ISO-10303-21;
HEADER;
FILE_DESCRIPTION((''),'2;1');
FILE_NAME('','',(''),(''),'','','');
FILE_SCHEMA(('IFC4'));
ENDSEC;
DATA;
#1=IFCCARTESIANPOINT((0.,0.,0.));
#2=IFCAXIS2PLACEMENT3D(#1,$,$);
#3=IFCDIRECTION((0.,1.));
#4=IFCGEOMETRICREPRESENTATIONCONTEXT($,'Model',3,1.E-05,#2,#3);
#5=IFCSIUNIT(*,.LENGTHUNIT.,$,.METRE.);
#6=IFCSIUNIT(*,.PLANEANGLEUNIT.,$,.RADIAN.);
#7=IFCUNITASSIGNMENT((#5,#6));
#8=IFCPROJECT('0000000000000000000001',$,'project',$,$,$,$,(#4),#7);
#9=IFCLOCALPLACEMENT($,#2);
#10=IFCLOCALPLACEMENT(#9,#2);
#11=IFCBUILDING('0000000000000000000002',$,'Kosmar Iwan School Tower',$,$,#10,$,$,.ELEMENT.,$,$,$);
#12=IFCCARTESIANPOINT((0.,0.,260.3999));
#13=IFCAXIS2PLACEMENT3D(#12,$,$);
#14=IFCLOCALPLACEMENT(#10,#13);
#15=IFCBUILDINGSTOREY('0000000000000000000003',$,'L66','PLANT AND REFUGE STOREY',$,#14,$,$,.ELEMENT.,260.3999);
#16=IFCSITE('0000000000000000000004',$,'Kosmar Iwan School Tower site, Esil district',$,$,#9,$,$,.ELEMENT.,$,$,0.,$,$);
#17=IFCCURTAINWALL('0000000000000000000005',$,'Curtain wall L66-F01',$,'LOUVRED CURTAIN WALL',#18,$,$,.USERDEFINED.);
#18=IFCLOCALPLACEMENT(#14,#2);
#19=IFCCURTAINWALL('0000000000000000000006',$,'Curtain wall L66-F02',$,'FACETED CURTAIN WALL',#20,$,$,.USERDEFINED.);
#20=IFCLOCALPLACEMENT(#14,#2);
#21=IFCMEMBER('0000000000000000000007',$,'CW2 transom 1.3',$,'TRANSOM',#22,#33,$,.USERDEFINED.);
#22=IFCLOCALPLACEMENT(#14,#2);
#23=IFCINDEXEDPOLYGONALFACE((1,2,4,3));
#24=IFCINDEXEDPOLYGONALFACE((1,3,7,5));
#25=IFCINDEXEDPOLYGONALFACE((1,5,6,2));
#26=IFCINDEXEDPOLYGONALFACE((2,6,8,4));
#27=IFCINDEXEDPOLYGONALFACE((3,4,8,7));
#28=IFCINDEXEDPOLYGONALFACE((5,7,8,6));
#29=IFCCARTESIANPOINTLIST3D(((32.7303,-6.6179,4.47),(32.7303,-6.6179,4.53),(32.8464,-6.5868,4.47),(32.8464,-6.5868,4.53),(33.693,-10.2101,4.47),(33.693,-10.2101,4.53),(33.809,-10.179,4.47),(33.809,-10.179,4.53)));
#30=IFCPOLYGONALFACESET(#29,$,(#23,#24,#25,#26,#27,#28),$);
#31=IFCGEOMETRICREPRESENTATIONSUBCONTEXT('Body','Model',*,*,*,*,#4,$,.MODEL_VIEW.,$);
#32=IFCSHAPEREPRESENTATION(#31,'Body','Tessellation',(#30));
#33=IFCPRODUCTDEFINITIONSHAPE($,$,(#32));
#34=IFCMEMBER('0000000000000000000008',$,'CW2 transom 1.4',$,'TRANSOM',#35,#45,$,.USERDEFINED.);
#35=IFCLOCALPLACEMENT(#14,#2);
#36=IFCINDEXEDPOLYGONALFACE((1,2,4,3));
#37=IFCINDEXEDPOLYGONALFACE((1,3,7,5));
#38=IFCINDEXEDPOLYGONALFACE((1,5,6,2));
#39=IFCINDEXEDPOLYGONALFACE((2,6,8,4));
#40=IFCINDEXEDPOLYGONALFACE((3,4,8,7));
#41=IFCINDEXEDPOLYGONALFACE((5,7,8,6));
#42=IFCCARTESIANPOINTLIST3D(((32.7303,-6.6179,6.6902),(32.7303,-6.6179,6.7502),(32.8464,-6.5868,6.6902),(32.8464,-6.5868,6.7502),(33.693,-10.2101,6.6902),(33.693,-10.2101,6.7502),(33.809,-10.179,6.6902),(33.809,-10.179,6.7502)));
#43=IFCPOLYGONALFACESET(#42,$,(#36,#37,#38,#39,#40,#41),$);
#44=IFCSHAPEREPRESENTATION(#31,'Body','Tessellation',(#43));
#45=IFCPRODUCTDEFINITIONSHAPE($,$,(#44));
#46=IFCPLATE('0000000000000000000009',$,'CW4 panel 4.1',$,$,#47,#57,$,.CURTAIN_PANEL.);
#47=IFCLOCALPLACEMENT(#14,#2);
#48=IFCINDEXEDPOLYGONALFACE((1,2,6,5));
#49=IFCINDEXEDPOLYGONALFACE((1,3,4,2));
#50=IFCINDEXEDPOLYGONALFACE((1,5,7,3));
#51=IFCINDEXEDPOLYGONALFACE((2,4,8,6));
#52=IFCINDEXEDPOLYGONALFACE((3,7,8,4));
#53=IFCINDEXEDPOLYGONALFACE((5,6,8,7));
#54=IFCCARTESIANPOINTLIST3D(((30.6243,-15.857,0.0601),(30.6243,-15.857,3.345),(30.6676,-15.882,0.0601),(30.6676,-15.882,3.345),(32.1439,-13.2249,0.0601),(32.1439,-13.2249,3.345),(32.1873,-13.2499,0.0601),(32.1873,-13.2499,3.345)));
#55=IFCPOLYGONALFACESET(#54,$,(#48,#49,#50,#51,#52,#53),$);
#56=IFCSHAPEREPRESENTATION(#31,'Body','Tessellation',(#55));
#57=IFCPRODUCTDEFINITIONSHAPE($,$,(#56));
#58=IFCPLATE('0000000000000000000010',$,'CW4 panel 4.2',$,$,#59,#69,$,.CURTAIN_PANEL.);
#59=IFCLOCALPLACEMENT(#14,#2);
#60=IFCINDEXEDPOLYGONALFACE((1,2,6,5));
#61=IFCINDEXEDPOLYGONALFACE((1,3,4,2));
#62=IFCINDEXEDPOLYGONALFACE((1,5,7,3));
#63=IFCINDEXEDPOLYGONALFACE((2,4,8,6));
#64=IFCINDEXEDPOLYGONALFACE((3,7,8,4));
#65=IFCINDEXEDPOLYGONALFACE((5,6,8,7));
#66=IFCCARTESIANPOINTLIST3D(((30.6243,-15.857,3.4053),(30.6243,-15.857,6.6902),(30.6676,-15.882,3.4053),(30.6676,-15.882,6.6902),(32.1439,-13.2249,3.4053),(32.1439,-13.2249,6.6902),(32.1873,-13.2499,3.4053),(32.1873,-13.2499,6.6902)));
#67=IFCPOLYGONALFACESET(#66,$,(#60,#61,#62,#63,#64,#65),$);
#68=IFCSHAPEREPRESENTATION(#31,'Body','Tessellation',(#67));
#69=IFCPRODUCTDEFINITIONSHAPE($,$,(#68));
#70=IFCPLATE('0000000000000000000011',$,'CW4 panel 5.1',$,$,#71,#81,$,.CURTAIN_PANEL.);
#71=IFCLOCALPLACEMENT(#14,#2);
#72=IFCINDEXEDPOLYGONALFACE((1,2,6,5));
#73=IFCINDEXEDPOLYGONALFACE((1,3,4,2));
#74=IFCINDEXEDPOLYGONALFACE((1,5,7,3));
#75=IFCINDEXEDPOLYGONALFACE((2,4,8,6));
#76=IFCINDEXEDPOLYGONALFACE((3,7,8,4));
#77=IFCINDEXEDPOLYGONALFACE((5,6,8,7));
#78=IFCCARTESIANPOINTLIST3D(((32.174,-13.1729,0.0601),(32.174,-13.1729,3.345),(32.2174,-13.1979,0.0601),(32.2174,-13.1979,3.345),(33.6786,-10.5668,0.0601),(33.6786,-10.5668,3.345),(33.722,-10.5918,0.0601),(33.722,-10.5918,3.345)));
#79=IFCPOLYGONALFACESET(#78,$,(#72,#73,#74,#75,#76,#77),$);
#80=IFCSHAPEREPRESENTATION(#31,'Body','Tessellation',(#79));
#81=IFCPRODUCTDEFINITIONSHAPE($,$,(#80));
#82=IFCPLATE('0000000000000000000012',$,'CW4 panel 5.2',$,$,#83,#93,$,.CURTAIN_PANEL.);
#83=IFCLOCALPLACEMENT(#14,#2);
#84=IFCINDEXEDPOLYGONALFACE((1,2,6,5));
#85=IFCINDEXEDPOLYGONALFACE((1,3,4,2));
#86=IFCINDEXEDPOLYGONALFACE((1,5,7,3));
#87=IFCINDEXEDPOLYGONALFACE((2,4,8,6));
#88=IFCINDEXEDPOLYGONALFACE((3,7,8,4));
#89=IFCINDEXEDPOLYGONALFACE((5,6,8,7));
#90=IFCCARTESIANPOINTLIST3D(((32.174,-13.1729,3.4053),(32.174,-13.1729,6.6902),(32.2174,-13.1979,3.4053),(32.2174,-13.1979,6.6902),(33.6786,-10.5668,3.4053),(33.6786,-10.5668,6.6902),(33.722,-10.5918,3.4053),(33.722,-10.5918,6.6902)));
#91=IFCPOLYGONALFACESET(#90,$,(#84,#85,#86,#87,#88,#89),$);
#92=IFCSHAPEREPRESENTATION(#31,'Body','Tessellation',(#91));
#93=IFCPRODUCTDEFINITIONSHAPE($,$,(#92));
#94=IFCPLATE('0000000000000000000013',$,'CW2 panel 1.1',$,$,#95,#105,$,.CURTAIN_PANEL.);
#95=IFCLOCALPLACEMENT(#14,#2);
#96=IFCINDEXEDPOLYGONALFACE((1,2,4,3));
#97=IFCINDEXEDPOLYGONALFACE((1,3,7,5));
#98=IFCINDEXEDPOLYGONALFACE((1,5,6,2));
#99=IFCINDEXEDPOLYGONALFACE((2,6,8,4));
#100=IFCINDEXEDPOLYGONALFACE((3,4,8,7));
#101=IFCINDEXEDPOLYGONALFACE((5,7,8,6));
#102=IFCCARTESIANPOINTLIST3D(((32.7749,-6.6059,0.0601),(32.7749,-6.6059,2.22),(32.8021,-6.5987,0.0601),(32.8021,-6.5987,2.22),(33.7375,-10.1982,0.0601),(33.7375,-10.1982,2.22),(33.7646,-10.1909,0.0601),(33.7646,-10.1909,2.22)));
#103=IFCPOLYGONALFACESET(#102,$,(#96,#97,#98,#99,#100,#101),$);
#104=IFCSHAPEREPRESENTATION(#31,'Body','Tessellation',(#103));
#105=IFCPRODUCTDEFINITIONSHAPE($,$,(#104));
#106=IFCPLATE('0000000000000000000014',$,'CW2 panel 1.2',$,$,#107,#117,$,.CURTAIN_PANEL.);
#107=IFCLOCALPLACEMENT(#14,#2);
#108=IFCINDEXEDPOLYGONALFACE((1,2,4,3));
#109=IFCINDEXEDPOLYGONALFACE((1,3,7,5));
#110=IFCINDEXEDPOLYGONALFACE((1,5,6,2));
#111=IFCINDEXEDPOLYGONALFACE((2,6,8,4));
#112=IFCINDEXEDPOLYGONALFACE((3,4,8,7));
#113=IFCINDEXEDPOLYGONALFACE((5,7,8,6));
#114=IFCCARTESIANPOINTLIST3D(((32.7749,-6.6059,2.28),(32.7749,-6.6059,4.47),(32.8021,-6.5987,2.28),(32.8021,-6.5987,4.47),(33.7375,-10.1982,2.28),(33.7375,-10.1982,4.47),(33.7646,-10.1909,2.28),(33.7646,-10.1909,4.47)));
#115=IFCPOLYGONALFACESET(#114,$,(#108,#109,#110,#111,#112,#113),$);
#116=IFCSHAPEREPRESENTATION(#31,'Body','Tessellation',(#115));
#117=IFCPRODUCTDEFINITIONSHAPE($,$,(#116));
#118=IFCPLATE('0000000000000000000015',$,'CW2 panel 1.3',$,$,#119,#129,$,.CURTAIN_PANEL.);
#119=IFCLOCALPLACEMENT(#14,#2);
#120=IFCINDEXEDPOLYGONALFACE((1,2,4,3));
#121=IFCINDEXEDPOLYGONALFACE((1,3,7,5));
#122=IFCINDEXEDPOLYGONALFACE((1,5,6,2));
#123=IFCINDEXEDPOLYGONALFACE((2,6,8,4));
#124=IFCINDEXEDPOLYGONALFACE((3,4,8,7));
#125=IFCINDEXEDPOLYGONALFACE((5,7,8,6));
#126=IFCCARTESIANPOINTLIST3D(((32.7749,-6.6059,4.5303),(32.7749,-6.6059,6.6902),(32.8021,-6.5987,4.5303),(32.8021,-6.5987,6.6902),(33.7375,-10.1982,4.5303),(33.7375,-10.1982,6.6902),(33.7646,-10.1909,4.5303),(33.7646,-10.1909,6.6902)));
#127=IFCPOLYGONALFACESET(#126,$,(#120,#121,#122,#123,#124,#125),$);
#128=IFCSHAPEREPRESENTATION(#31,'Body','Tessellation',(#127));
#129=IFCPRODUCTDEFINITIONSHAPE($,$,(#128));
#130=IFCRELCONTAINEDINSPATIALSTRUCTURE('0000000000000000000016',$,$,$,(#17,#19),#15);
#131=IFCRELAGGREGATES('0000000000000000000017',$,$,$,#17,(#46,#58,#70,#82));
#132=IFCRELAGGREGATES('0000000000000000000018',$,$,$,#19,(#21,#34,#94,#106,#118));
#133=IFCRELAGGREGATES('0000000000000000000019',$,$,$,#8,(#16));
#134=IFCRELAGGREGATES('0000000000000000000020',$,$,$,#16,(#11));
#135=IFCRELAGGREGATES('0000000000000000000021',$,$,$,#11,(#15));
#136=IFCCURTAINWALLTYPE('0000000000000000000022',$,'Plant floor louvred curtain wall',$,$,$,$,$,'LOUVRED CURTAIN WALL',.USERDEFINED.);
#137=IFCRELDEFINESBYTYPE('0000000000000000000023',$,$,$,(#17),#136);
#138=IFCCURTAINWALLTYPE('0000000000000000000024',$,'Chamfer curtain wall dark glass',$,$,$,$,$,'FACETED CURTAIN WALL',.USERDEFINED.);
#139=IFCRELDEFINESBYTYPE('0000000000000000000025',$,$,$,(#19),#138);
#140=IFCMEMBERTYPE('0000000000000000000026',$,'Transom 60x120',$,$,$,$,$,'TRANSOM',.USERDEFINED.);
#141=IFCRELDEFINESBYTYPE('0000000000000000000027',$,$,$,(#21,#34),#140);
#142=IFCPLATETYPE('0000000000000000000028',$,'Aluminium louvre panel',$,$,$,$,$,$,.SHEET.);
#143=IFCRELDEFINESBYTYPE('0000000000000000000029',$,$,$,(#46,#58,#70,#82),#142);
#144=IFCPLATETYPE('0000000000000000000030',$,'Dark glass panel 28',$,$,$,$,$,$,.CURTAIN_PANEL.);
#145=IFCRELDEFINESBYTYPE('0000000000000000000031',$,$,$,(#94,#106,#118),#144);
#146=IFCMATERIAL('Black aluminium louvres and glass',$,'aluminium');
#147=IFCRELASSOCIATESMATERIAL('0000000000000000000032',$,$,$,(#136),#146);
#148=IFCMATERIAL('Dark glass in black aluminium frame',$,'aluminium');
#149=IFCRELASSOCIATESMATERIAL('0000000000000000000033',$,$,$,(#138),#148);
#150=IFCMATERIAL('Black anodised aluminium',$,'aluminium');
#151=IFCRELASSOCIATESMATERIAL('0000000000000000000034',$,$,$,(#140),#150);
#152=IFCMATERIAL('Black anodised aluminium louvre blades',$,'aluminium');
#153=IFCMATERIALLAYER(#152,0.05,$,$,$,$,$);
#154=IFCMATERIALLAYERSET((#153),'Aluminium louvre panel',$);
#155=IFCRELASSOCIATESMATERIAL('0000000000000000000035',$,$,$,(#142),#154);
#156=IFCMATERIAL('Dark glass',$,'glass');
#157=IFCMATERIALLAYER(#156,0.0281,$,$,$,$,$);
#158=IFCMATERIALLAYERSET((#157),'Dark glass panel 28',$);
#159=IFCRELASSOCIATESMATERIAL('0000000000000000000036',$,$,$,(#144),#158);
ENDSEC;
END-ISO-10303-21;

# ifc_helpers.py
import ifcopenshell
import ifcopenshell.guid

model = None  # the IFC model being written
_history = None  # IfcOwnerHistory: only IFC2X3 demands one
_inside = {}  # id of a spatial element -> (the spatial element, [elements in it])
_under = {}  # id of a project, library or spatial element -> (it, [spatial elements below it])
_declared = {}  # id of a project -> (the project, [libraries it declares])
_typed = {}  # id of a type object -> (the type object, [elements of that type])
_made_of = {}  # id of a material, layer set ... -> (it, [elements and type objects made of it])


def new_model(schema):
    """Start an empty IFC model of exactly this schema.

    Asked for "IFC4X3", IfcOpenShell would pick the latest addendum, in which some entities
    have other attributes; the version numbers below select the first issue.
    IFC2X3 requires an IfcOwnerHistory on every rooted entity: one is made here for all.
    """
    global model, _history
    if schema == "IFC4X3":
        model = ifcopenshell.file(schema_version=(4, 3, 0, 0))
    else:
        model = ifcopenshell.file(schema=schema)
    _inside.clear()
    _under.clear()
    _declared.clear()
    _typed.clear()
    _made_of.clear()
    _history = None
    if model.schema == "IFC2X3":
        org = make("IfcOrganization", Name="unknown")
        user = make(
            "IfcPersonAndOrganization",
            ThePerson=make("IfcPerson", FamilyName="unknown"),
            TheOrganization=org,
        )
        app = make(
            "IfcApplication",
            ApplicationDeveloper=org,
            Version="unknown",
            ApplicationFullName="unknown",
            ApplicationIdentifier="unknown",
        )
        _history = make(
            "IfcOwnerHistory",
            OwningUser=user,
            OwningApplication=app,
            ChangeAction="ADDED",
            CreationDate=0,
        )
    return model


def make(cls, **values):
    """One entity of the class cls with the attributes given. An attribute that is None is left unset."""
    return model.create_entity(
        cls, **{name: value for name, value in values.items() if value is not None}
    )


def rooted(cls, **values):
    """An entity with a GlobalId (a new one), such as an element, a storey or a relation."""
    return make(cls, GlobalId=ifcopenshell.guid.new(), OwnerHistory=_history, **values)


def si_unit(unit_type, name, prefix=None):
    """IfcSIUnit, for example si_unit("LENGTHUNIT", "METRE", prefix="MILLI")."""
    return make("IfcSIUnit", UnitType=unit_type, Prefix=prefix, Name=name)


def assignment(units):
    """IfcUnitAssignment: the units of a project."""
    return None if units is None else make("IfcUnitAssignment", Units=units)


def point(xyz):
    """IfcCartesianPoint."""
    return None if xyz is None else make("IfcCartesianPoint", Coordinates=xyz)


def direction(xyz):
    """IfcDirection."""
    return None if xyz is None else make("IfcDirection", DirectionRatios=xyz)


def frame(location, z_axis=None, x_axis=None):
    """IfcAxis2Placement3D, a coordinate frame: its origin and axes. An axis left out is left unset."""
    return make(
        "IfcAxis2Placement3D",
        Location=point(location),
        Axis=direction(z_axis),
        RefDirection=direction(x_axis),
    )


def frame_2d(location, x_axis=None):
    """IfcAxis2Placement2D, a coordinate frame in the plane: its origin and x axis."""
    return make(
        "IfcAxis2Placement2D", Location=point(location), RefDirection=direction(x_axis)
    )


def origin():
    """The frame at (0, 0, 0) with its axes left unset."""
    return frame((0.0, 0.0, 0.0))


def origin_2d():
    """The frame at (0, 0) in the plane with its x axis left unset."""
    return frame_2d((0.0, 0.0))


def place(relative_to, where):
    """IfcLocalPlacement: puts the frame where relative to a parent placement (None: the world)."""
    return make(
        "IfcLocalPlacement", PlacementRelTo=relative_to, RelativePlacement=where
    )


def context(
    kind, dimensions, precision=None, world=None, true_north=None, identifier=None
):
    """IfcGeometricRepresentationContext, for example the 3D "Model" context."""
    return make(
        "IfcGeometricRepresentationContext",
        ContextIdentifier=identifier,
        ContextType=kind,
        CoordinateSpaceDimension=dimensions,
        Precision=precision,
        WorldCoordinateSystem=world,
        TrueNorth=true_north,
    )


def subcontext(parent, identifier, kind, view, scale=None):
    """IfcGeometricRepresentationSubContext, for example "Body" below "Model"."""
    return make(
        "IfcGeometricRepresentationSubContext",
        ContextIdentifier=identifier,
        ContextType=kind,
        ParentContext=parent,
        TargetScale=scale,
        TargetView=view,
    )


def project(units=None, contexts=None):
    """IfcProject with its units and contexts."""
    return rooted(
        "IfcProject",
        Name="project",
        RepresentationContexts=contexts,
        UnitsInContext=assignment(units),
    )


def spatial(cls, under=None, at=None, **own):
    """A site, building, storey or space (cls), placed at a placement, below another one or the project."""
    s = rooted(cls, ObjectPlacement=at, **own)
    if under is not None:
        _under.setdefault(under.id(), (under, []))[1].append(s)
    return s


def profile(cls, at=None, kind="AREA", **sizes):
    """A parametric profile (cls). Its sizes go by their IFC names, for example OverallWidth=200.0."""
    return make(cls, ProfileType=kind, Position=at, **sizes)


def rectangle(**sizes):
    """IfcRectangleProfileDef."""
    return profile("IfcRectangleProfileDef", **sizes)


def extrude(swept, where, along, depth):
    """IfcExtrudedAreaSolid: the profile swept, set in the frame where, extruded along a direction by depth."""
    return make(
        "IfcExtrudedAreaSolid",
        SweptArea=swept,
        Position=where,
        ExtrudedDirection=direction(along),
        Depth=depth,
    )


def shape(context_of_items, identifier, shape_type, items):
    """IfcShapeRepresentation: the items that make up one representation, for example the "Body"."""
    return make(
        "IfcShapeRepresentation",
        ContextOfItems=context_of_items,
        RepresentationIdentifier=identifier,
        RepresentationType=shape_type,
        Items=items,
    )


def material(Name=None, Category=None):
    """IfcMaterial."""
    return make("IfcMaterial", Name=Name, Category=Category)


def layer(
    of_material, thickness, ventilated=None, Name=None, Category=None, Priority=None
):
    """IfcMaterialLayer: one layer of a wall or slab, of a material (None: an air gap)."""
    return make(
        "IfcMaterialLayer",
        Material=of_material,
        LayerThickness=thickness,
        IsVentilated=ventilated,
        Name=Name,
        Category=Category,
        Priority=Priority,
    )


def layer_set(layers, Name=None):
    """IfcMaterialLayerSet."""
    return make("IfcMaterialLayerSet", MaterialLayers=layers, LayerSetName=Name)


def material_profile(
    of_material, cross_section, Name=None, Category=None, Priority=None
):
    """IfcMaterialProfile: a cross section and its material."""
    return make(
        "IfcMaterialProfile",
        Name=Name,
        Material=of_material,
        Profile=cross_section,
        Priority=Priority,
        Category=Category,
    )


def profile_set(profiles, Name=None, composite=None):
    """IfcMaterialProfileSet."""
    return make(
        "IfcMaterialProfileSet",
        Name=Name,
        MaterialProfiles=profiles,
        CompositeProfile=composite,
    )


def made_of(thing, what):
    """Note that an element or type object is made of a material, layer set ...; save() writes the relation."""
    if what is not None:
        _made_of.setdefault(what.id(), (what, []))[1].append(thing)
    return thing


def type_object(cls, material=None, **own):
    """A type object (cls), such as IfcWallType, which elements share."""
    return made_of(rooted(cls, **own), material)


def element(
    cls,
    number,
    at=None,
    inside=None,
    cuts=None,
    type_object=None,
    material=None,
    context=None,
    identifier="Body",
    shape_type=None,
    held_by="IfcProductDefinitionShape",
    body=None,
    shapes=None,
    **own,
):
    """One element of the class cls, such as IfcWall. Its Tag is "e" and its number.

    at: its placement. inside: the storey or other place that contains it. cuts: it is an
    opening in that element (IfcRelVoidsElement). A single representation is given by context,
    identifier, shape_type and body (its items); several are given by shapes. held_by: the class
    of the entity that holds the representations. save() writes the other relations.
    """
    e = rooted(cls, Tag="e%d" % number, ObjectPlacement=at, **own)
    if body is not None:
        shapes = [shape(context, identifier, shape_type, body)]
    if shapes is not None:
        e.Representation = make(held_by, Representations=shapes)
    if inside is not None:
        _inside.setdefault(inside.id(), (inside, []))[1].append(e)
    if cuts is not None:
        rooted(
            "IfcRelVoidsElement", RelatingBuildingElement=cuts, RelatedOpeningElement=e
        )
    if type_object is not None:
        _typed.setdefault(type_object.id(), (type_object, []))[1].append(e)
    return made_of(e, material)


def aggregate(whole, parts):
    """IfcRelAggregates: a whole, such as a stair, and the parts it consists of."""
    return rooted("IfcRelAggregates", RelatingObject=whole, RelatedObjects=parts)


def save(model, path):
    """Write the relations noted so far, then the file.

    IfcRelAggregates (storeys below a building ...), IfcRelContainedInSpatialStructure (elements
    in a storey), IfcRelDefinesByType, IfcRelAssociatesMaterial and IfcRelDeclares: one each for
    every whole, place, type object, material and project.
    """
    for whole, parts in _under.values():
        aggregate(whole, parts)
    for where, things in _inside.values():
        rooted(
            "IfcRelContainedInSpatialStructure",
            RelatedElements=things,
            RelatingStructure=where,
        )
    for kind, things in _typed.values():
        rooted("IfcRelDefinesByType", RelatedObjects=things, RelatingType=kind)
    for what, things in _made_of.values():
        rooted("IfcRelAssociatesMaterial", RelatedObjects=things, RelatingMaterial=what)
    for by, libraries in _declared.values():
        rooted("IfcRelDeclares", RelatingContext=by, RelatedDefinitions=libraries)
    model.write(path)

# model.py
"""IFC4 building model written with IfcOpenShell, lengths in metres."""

from ifc_helpers import new_model, si_unit, direction, frame, origin, origin_2d, place, context, subcontext, project, spatial, rectangle, extrude, material, layer, layer_set, material_profile, profile_set, type_object, element, aggregate, save


model = new_model("IFC4")

# Units and contexts
model_context = context("Model", 3, precision=1e-05, world=origin(), true_north=direction((0.0, 1.0)))
body_context = subcontext(model_context, "Body", "Model", "MODEL_VIEW")
ifc_project = project(units=[si_unit("LENGTHUNIT", "METRE"), si_unit("PLANEANGLEUNIT", "RADIAN")], contexts=[model_context])

# Site, building, storey
site_placement = place(None, origin())
site = spatial("IfcSite", under=ifc_project, at=site_placement, Name="Kosmar Iwan School Tower site, Esil district", CompositionType="ELEMENT", RefElevation=0.0)
building_placement = place(site_placement, origin())
building = spatial("IfcBuilding", under=site, at=building_placement, Name="Kosmar Iwan School Tower", CompositionType="ELEMENT")
storey_placement = place(building_placement, frame((0.0, 0.0, 260.3999)))
storey = spatial("IfcBuildingStorey", under=building, at=storey_placement, Name="L66", Description="PLANT AND REFUGE STOREY", CompositionType="ELEMENT", Elevation=260.3999)

# Curtain walls
ifc_material_1 = material(Name="Black aluminium louvres and glass", Category="aluminium")
curtain_wall_type_1 = type_object("IfcCurtainWallType", Name="Plant floor louvred curtain wall", ElementType="LOUVRED CURTAIN WALL", PredefinedType="USERDEFINED", material=ifc_material_1)
curtain_wall_1_placement = place(storey_placement, origin())
curtain_wall_1 = element("IfcCurtainWall", 1, at=curtain_wall_1_placement, inside=storey, type_object=curtain_wall_type_1, Name="Curtain wall L66-F01", ObjectType="LOUVRED CURTAIN WALL", PredefinedType="USERDEFINED")
ifc_material_2 = material(Name="Dark glass in black aluminium frame", Category="aluminium")
curtain_wall_type_2 = type_object("IfcCurtainWallType", Name="Chamfer curtain wall dark glass", ElementType="FACETED CURTAIN WALL", PredefinedType="USERDEFINED", material=ifc_material_2)
curtain_wall_2_placement = place(storey_placement, origin())
curtain_wall_2 = element("IfcCurtainWall", 2, at=curtain_wall_2_placement, inside=storey, type_object=curtain_wall_type_2, Name="Curtain wall L66-F02", ObjectType="FACETED CURTAIN WALL", PredefinedType="USERDEFINED")

# Members
ifc_material_3 = material(Name="Black anodised aluminium", Category="aluminium")
ifc_material_profile_1 = material_profile(ifc_material_3, rectangle(XDim=0.1201, YDim=0.0601, at=origin_2d()), Name="TRANSOM 60x120")
ifc_profile_set_1 = profile_set([ifc_material_profile_1], Name="Black anodised aluminium")
member_type_1 = type_object("IfcMemberType", Name="Transom 60x120", ElementType="TRANSOM", PredefinedType="USERDEFINED", material=ifc_profile_set_1)
member_1_placement = place(storey_placement, frame((33.751, -10.1946, 4.5), z_axis=(-0.258843, 0.965919, 0.0), x_axis=(-0.965919, -0.258843, 0.0)))
member_1 = element("IfcMember", 3, at=member_1_placement, type_object=member_type_1, Name="CW2 transom 1.3", ObjectType="TRANSOM", PredefinedType="USERDEFINED", context=body_context, shape_type="SweptSolid", body=[
    extrude(rectangle(XDim=0.1201, YDim=0.0601, at=origin_2d()), origin(), (0.0, 0.0, 1.0), 3.719),
])
member_2_placement = place(storey_placement, frame((33.751, -10.1946, 6.7202), z_axis=(-0.258843, 0.965919, 0.0), x_axis=(-0.965919, -0.258843, 0.0)))
member_2 = element("IfcMember", 4, at=member_2_placement, type_object=member_type_1, Name="CW2 transom 1.4", ObjectType="TRANSOM", PredefinedType="USERDEFINED", context=body_context, shape_type="SweptSolid", body=[
    extrude(rectangle(XDim=0.1201, YDim=0.0601, at=origin_2d()), origin(), (0.0, 0.0, 1.0), 3.719),
])

# Plates
ifc_material_4 = material(Name="Black anodised aluminium louvre blades", Category="aluminium")
ifc_layer_1 = layer(ifc_material_4, 0.05)
ifc_layer_set_1 = layer_set([ifc_layer_1], Name="Aluminium louvre panel")
plate_type_1 = type_object("IfcPlateType", Name="Aluminium louvre panel", PredefinedType="SHEET", material=ifc_layer_set_1)
plate_1_placement = place(storey_placement, frame((31.4058, -14.5535, 0.0601), z_axis=(0.0, 0.0, 1.0), x_axis=(0.5, 0.866025, 0.0)))
plate_1 = element("IfcPlate", 5, at=plate_1_placement, type_object=plate_type_1, Name="CW4 panel 4.1", PredefinedType="CURTAIN_PANEL", context=body_context, shape_type="SweptSolid", body=[
    extrude(rectangle(XDim=3.0393, YDim=0.05, at=origin_2d()), origin(), (0.0, 0.0, 1.0), 3.2849),
])
plate_2_placement = place(storey_placement, frame((31.4058, -14.5535, 3.4053), z_axis=(0.0, 0.0, 1.0), x_axis=(0.5, 0.866025, 0.0)))
plate_2 = element("IfcPlate", 6, at=plate_2_placement, type_object=plate_type_1, Name="CW4 panel 4.2", PredefinedType="CURTAIN_PANEL", context=body_context, shape_type="SweptSolid", body=[
    extrude(rectangle(XDim=3.0393, YDim=0.05, at=origin_2d()), origin(), (0.0, 0.0, 1.0), 3.2849),
])
plate_3_placement = place(storey_placement, frame((32.948, -11.8823, 0.0601), z_axis=(0.0, 0.0, 1.0), x_axis=(0.5, 0.866025, 0.0)))
plate_3 = element("IfcPlate", 7, at=plate_3_placement, type_object=plate_type_1, Name="CW4 panel 5.1", PredefinedType="CURTAIN_PANEL", context=body_context, shape_type="SweptSolid", body=[
    extrude(rectangle(XDim=3.0093, YDim=0.05, at=origin_2d()), origin(), (0.0, 0.0, 1.0), 3.2849),
])
plate_4_placement = place(storey_placement, frame((32.948, -11.8823, 3.4053), z_axis=(0.0, 0.0, 1.0), x_axis=(0.5, 0.866025, 0.0)))
plate_4 = element("IfcPlate", 8, at=plate_4_placement, type_object=plate_type_1, Name="CW4 panel 5.2", PredefinedType="CURTAIN_PANEL", context=body_context, shape_type="SweptSolid", body=[
    extrude(rectangle(XDim=3.0093, YDim=0.05, at=origin_2d()), origin(), (0.0, 0.0, 1.0), 3.2849),
])
aggregate(curtain_wall_1, [plate_1, plate_2, plate_3, plate_4])
ifc_material_5 = material(Name="Dark glass", Category="glass")
ifc_layer_2 = layer(ifc_material_5, 0.0281)
ifc_layer_set_2 = layer_set([ifc_layer_2], Name="Dark glass panel 28")
plate_type_2 = type_object("IfcPlateType", Name="Dark glass panel 28", PredefinedType="CURTAIN_PANEL", material=ifc_layer_set_2)
plate_5_placement = place(storey_placement, frame((33.2698, -8.3984, 0.0601), z_axis=(0.0, 0.0, 1.0), x_axis=(-0.258819, 0.965926, 0.0)))
plate_5 = element("IfcPlate", 9, at=plate_5_placement, type_object=plate_type_2, Name="CW2 panel 1.1", PredefinedType="CURTAIN_PANEL", context=body_context, shape_type="SweptSolid", body=[
    extrude(rectangle(XDim=3.719, YDim=0.0281, at=origin_2d()), origin(), (0.0, 0.0, 1.0), 2.1599),
])
plate_6_placement = place(storey_placement, frame((33.2698, -8.3984, 2.28), z_axis=(0.0, 0.0, 1.0), x_axis=(-0.258819, 0.965926, 0.0)))
plate_6 = element("IfcPlate", 10, at=plate_6_placement, type_object=plate_type_2, Name="CW2 panel 1.2", PredefinedType="CURTAIN_PANEL", context=body_context, shape_type="SweptSolid", body=[
    extrude(rectangle(XDim=3.719, YDim=0.0281, at=origin_2d()), origin(), (0.0, 0.0, 1.0), 2.1899),
])
plate_7_placement = place(storey_placement, frame((33.2698, -8.3984, 4.5303), z_axis=(0.0, 0.0, 1.0), x_axis=(-0.258819, 0.965926, 0.0)))
plate_7 = element("IfcPlate", 11, at=plate_7_placement, type_object=plate_type_2, Name="CW2 panel 1.3", PredefinedType="CURTAIN_PANEL", context=body_context, shape_type="SweptSolid", body=[
    extrude(rectangle(XDim=3.719, YDim=0.0281, at=origin_2d()), origin(), (0.0, 0.0, 1.0), 2.1599),
])
aggregate(curtain_wall_2, [member_1, member_2, plate_5, plate_6, plate_7])

save(model, "model.ifc")
